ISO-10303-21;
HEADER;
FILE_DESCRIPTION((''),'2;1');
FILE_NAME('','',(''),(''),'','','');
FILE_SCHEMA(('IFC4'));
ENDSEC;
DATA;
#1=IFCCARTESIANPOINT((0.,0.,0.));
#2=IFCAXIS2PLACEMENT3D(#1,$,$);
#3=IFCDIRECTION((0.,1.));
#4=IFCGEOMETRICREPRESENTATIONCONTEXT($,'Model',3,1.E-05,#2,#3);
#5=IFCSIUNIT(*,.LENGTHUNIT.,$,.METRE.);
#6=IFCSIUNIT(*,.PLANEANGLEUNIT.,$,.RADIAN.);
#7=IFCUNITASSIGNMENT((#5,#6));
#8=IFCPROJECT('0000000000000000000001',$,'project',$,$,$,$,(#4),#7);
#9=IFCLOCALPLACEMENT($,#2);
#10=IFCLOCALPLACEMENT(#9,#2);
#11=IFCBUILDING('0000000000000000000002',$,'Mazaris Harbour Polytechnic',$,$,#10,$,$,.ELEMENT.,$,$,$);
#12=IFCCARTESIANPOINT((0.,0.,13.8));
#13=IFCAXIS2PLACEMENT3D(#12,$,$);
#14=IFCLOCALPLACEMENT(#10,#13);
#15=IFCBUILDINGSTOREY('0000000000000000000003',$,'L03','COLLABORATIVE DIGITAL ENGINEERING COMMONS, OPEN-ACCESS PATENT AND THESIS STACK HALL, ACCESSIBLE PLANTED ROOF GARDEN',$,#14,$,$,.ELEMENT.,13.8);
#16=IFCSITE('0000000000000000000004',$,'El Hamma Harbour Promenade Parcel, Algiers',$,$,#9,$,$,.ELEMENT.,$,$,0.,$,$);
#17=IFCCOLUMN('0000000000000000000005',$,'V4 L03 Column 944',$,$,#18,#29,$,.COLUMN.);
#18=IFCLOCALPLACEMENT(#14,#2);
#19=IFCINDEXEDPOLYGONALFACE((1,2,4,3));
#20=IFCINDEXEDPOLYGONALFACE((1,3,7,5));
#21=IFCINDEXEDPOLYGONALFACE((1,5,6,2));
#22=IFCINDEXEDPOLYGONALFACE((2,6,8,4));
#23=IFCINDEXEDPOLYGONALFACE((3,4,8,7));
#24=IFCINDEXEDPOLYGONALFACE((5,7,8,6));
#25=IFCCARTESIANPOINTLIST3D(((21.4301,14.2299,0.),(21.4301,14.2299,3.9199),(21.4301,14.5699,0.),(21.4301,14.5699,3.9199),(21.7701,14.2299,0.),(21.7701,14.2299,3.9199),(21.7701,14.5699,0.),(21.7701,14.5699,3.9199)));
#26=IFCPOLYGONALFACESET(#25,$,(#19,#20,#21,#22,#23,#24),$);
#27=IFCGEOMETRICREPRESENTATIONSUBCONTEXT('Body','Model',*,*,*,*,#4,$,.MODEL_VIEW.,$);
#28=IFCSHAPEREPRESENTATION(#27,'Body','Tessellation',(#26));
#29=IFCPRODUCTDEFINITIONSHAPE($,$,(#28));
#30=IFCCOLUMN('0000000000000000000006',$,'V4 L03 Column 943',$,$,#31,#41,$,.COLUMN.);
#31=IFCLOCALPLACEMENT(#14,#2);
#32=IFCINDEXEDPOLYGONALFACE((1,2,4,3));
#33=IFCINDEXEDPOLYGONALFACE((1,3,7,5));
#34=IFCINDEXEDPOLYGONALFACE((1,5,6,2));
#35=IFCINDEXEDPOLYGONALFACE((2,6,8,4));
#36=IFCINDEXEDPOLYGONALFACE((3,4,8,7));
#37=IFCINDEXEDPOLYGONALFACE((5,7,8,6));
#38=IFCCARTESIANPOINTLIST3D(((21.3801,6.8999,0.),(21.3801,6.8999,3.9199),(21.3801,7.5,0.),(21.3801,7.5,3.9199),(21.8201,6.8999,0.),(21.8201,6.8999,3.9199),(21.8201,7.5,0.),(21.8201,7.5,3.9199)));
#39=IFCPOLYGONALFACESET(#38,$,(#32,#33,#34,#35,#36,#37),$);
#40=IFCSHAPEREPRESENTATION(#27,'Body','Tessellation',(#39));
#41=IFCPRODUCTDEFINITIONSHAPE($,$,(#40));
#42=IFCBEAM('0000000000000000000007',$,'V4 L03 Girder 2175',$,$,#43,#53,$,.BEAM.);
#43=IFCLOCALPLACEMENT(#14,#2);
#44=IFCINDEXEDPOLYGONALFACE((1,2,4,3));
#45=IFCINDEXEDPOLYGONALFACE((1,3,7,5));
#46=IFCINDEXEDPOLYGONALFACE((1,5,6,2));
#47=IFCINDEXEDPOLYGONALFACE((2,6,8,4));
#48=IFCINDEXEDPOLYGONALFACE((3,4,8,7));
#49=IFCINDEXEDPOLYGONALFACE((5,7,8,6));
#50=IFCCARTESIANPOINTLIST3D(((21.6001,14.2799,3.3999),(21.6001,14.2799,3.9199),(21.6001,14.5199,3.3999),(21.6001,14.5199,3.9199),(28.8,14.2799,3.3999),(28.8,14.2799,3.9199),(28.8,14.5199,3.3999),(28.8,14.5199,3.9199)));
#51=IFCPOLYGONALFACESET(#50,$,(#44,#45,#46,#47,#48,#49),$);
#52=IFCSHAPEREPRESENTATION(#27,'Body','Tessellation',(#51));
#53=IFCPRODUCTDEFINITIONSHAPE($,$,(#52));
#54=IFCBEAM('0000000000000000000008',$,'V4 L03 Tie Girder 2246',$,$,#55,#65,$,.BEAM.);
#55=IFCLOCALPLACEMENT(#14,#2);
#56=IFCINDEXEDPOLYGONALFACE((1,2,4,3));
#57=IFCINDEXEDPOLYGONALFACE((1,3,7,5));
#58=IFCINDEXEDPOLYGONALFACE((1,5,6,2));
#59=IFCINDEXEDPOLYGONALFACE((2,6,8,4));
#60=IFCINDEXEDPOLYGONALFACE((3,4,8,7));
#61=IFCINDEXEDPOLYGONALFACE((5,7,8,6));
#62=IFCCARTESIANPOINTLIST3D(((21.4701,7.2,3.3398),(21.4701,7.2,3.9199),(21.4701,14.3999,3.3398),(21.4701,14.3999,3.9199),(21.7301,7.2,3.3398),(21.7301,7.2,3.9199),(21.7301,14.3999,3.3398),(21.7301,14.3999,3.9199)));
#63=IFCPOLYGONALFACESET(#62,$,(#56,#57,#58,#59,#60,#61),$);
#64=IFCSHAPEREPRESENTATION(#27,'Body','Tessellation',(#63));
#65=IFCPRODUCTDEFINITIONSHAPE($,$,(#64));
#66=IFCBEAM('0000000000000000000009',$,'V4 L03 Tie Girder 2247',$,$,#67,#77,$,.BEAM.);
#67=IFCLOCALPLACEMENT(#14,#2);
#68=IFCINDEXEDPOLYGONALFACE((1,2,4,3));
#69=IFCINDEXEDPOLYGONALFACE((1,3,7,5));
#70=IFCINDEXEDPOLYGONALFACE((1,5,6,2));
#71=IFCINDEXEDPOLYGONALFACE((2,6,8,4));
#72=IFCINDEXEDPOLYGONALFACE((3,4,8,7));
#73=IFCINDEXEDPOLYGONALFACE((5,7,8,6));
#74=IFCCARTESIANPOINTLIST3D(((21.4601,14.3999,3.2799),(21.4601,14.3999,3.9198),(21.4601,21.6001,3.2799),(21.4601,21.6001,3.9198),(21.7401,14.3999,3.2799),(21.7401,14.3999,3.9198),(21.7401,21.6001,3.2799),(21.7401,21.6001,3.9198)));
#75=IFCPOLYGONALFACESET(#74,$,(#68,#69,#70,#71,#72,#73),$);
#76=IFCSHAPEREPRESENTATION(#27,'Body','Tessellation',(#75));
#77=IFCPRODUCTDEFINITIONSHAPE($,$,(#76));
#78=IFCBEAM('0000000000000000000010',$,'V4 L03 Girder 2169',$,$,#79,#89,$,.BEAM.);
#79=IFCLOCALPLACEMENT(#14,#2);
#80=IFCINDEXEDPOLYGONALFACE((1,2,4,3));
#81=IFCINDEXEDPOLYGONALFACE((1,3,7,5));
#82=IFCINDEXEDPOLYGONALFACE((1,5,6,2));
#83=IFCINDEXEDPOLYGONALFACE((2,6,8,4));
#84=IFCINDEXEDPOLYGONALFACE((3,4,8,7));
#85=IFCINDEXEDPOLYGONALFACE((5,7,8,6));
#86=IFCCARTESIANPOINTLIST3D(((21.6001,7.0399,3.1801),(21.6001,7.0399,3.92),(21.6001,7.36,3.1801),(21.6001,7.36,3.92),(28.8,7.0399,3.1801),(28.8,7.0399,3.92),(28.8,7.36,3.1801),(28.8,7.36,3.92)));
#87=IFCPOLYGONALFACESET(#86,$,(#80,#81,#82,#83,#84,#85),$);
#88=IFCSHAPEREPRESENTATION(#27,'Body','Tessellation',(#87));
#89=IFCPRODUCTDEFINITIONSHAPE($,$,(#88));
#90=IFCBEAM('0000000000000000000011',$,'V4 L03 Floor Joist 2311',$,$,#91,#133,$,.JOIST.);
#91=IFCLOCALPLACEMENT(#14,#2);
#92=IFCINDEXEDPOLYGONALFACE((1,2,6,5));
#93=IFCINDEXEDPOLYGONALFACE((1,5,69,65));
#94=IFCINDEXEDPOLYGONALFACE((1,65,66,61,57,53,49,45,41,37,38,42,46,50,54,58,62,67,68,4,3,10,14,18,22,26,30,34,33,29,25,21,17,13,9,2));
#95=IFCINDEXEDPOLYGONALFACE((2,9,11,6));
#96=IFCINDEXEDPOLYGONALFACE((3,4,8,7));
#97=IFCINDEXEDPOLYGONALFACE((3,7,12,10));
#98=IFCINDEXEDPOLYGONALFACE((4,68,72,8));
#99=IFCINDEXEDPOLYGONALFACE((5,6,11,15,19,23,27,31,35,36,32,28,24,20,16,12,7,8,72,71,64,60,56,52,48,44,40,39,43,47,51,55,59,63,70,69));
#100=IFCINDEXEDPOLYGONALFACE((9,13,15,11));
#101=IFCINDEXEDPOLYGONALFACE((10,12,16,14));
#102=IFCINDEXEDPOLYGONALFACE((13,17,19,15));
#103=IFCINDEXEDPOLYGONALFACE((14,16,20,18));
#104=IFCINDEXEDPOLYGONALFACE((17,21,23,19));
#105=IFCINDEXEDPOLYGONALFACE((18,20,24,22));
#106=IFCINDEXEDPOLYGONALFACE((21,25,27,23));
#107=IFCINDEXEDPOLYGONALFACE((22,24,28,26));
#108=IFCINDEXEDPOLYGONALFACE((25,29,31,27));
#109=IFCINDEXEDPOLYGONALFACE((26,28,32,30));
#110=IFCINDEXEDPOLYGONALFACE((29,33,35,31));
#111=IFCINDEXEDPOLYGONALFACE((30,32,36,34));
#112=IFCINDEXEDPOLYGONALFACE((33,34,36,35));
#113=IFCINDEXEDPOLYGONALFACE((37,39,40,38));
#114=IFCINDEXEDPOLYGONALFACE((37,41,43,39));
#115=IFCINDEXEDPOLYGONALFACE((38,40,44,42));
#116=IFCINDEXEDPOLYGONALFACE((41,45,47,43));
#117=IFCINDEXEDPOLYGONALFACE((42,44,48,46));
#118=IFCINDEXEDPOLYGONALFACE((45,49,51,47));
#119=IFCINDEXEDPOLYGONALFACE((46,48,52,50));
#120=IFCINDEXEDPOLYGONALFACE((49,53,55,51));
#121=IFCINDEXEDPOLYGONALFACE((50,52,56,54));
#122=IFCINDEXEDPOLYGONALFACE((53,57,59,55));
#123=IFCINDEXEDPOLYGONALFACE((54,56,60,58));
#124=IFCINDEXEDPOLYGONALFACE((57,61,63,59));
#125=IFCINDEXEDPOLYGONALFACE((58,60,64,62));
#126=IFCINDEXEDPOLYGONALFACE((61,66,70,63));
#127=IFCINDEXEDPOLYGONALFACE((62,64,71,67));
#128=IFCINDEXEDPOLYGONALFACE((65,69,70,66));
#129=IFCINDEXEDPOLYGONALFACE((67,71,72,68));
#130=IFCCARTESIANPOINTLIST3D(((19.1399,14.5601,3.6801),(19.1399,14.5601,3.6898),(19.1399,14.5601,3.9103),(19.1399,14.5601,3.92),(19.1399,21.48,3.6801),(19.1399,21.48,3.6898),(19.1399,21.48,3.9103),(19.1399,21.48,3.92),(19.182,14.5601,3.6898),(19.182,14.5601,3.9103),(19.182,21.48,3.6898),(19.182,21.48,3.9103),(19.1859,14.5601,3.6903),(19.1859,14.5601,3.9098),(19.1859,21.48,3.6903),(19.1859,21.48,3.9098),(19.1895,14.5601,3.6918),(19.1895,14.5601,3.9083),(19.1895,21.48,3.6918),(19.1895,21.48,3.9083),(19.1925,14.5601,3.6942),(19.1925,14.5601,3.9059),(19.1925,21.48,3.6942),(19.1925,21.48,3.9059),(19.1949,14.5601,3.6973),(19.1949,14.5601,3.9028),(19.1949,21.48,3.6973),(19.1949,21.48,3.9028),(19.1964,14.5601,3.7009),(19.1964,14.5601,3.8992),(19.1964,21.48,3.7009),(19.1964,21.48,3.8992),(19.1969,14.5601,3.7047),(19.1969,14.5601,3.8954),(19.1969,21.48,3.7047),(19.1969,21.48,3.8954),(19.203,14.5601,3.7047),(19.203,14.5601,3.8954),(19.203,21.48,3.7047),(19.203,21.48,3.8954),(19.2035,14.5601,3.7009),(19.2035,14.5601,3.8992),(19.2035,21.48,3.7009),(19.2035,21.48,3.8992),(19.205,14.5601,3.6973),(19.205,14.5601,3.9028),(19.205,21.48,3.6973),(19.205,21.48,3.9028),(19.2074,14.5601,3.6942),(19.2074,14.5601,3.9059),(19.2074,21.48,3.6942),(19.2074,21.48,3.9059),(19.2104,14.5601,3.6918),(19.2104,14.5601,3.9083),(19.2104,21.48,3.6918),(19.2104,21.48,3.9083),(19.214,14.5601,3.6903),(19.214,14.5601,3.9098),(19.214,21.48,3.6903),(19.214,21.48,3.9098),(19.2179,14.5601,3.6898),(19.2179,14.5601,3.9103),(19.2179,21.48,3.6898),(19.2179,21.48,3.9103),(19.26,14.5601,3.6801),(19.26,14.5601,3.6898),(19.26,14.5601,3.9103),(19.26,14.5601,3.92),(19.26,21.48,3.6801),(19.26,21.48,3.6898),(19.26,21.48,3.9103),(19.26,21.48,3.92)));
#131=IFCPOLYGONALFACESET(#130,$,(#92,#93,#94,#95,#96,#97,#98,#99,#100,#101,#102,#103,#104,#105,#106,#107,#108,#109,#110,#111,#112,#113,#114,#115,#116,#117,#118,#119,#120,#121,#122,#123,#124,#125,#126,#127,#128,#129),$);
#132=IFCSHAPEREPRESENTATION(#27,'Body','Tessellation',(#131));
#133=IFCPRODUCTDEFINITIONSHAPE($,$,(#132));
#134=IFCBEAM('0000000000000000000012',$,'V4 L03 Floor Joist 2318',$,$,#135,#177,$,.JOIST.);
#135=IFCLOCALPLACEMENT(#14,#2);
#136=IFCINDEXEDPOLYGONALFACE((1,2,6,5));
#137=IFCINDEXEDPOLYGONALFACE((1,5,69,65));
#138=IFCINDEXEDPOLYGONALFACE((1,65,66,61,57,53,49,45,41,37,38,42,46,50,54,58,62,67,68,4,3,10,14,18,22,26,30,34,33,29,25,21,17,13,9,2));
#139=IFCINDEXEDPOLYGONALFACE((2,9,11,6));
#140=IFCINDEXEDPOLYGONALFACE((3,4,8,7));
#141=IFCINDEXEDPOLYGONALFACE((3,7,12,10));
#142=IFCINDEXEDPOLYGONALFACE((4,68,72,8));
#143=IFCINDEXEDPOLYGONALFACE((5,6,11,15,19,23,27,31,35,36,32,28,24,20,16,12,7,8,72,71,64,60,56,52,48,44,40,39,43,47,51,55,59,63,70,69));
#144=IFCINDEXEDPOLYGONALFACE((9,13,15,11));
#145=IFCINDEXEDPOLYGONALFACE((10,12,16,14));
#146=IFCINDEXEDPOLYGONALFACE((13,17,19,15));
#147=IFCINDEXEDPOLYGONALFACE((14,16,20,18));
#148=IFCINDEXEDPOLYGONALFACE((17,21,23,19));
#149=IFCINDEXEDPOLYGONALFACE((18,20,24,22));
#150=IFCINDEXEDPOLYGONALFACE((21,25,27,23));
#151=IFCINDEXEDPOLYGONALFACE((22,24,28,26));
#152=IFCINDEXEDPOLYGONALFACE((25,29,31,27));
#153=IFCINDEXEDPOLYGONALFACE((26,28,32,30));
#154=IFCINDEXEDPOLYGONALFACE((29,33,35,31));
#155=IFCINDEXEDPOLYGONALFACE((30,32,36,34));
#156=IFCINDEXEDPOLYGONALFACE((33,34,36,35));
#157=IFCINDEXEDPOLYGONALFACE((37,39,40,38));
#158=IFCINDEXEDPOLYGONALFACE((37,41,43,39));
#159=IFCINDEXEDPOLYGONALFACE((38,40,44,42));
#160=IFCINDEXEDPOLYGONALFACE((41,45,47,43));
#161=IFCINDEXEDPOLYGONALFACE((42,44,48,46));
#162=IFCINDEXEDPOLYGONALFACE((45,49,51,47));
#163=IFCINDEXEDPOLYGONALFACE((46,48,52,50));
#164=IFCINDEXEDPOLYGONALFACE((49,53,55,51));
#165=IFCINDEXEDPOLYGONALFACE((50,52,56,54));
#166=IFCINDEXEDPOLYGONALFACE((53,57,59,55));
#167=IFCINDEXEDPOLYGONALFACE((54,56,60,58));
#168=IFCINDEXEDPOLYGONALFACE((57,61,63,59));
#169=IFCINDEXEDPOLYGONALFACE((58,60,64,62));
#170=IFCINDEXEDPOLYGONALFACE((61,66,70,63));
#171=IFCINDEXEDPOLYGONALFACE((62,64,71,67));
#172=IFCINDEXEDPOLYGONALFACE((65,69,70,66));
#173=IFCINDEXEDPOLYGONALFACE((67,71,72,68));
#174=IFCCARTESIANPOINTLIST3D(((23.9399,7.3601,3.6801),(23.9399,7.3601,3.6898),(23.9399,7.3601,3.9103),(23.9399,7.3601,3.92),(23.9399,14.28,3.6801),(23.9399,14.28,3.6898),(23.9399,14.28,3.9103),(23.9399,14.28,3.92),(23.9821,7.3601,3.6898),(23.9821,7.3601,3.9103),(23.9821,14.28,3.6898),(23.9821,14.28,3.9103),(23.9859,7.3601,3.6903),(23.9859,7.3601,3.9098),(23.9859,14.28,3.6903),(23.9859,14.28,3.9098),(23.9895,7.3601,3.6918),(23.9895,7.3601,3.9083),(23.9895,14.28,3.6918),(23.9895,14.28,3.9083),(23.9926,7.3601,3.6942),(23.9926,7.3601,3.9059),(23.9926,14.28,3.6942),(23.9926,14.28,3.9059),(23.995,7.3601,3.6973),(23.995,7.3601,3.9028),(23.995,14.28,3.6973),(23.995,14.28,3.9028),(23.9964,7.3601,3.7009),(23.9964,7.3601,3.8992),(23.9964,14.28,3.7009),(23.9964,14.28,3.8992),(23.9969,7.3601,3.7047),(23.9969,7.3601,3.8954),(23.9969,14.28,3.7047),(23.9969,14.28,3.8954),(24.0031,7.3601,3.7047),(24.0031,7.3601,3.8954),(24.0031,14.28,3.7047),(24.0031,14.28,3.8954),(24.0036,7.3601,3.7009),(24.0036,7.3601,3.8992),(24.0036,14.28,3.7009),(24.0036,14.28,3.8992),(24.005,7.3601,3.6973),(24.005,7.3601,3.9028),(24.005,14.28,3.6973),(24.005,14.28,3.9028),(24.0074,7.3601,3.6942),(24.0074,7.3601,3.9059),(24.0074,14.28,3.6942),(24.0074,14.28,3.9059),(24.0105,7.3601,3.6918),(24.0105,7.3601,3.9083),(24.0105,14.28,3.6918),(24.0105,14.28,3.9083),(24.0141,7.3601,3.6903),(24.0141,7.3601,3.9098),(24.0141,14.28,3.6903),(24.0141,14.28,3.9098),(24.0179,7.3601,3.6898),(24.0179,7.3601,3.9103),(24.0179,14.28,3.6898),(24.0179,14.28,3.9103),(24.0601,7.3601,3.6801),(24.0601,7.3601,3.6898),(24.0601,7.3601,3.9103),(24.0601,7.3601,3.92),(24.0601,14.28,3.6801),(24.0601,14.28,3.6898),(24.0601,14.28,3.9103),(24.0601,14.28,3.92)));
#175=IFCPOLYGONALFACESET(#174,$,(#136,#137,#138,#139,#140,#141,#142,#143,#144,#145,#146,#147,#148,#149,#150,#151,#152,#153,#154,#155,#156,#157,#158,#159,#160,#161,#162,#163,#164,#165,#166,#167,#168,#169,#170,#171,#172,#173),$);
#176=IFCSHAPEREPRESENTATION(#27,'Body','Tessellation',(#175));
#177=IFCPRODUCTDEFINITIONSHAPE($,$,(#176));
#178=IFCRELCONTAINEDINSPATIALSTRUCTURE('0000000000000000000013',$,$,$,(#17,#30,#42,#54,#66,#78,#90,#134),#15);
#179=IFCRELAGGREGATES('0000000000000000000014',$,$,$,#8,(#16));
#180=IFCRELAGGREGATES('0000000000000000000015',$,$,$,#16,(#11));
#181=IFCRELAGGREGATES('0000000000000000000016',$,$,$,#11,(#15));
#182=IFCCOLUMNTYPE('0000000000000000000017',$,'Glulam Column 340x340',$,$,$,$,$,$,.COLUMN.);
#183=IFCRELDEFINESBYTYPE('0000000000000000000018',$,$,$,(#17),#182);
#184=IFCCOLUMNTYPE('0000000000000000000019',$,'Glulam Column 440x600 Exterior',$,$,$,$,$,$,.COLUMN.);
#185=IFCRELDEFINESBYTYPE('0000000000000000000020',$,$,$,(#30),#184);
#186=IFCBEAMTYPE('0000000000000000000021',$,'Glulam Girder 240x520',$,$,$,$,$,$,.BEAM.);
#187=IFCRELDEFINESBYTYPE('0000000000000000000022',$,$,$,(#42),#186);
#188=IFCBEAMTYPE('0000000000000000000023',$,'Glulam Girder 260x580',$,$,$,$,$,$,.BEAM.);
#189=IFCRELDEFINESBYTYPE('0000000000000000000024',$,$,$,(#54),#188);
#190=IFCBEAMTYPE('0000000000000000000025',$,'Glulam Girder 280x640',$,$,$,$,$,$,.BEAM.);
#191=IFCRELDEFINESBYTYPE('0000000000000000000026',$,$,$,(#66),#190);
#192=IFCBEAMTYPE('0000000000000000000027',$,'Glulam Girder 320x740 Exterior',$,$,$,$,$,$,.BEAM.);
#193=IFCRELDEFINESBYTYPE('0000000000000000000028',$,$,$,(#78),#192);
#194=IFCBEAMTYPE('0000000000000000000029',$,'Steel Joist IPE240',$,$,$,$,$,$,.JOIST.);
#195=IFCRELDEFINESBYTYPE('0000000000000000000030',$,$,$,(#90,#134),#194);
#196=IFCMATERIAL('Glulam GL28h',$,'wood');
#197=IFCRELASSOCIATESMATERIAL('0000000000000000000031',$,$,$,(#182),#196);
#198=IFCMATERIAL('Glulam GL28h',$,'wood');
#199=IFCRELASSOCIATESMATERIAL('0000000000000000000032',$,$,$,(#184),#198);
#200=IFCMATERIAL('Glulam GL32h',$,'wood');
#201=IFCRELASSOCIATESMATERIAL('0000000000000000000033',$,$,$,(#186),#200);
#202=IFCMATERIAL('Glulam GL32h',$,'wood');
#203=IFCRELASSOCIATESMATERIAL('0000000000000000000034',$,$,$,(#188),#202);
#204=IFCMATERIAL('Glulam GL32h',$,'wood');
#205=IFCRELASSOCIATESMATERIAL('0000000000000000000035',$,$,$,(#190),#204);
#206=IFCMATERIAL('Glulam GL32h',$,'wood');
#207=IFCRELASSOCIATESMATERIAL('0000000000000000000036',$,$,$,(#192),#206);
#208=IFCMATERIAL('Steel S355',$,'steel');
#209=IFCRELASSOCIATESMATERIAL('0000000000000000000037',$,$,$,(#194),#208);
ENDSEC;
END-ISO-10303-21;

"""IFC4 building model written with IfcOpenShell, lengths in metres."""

from ifc_helpers import new_model, si_unit, direction, frame, origin, origin_2d, place, context, subcontext, project, spatial, rectangle, i_section, extrude, material, material_profile, profile_set, type_object, element, save


model = new_model("IFC4")

# Units and contexts
model_context = context("Model", 3, precision=1e-05, world=origin(), true_north=direction((0.0, 1.0)))
body_context = subcontext(model_context, "Body", "Model", "MODEL_VIEW")
ifc_project = project(units=[si_unit("LENGTHUNIT", "METRE"), si_unit("PLANEANGLEUNIT", "RADIAN")], contexts=[model_context])

# Site, building, storey
site_placement = place(None, origin())
site = spatial("IfcSite", under=ifc_project, at=site_placement, Name="El Hamma Harbour Promenade Parcel, Algiers", CompositionType="ELEMENT", RefElevation=0.0)
building_placement = place(site_placement, origin())
building = spatial("IfcBuilding", under=site, at=building_placement, Name="Mazaris Harbour Polytechnic", CompositionType="ELEMENT")
storey_placement = place(building_placement, frame((0.0, 0.0, 13.8)))
storey = spatial("IfcBuildingStorey", under=building, at=storey_placement, Name="L03", Description="COLLABORATIVE DIGITAL ENGINEERING COMMONS, OPEN-ACCESS PATENT AND THESIS STACK HALL, ACCESSIBLE PLANTED ROOF GARDEN", CompositionType="ELEMENT", Elevation=13.8)

# Columns
ifc_material_1 = material(Name="Glulam GL28h", Category="wood")
ifc_material_profile_1 = material_profile(ifc_material_1, rectangle(XDim=0.3401, YDim=0.3401, at=origin_2d()), Name="RECT340x340")
ifc_profile_set_1 = profile_set([ifc_material_profile_1], Name="Glulam GL28h")
column_type_1 = type_object("IfcColumnType", Name="Glulam Column 340x340", PredefinedType="COLUMN", material=ifc_profile_set_1)
column_1_placement = place(storey_placement, frame((21.6001, 14.3999, 0.0), z_axis=(0.0, 0.0, 1.0), x_axis=(1.0, 0.0, 0.0)))
element("IfcColumn", 1, at=column_1_placement, inside=storey, type_object=column_type_1, Name="V4 L03 Column 944", PredefinedType="COLUMN", context=body_context, shape_type="SweptSolid", body=[
    extrude(rectangle(XDim=0.3401, YDim=0.3401, at=origin_2d()), origin(), (0.0, 0.0, 1.0), 3.9199),
])
ifc_material_2 = material(Name="Glulam GL28h", Category="wood")
ifc_material_profile_2 = material_profile(ifc_material_2, rectangle(XDim=0.4399, YDim=0.6001, at=origin_2d()), Name="RECT440x600")
ifc_profile_set_2 = profile_set([ifc_material_profile_2], Name="Glulam GL28h")
column_type_2 = type_object("IfcColumnType", Name="Glulam Column 440x600 Exterior", PredefinedType="COLUMN", material=ifc_profile_set_2)
column_2_placement = place(storey_placement, frame((21.6001, 7.2, 0.0), z_axis=(0.0, 0.0, 1.0), x_axis=(1.0, 0.0, 0.0)))
element("IfcColumn", 2, at=column_2_placement, inside=storey, type_object=column_type_2, Name="V4 L03 Column 943", PredefinedType="COLUMN", context=body_context, shape_type="SweptSolid", body=[
    extrude(rectangle(XDim=0.4399, YDim=0.6001, at=origin_2d()), origin(), (0.0, 0.0, 1.0), 3.9199),
])

# Beams
ifc_material_3 = material(Name="Glulam GL32h", Category="wood")
ifc_material_profile_3 = material_profile(ifc_material_3, rectangle(XDim=0.24, YDim=0.52, at=origin_2d()), Name="RECT240x520")
ifc_profile_set_3 = profile_set([ifc_material_profile_3], Name="Glulam GL32h")
beam_type_1 = type_object("IfcBeamType", Name="Glulam Girder 240x520", PredefinedType="BEAM", material=ifc_profile_set_3)
beam_1_placement = place(storey_placement, frame((21.6001, 14.3999, 3.6599), z_axis=(1.0, 0.0, 0.0), x_axis=(0.0, 1.0, 0.0)))
element("IfcBeam", 3, at=beam_1_placement, inside=storey, type_object=beam_type_1, Name="V4 L03 Girder 2175", PredefinedType="BEAM", context=body_context, shape_type="SweptSolid", body=[
    extrude(rectangle(XDim=0.24, YDim=0.52, at=origin_2d()), origin(), (0.0, 0.0, 1.0), 7.2),
])
ifc_material_4 = material(Name="Glulam GL32h", Category="wood")
ifc_material_profile_4 = material_profile(ifc_material_4, rectangle(XDim=0.26, YDim=0.5801, at=origin_2d()), Name="RECT260x580")
ifc_profile_set_4 = profile_set([ifc_material_profile_4], Name="Glulam GL32h")
beam_type_2 = type_object("IfcBeamType", Name="Glulam Girder 260x580", PredefinedType="BEAM", material=ifc_profile_set_4)
beam_2_placement = place(storey_placement, frame((21.6001, 7.2, 3.6299), z_axis=(0.0, 1.0, 0.0), x_axis=(-1.0, 0.0, 0.0)))
element("IfcBeam", 4, at=beam_2_placement, inside=storey, type_object=beam_type_2, Name="V4 L03 Tie Girder 2246", PredefinedType="BEAM", context=body_context, shape_type="SweptSolid", body=[
    extrude(rectangle(XDim=0.26, YDim=0.5801, at=origin_2d()), origin(), (0.0, 0.0, 1.0), 7.2),
])
ifc_material_5 = material(Name="Glulam GL32h", Category="wood")
ifc_material_profile_5 = material_profile(ifc_material_5, rectangle(XDim=0.28, YDim=0.6399, at=origin_2d()), Name="RECT280x640")
ifc_profile_set_5 = profile_set([ifc_material_profile_5], Name="Glulam GL32h")
beam_type_3 = type_object("IfcBeamType", Name="Glulam Girder 280x640", PredefinedType="BEAM", material=ifc_profile_set_5)
beam_3_placement = place(storey_placement, frame((21.6001, 14.3999, 3.5999), z_axis=(0.0, 1.0, 0.0), x_axis=(-1.0, 0.0, 0.0)))
element("IfcBeam", 5, at=beam_3_placement, inside=storey, type_object=beam_type_3, Name="V4 L03 Tie Girder 2247", PredefinedType="BEAM", context=body_context, shape_type="SweptSolid", body=[
    extrude(rectangle(XDim=0.28, YDim=0.6399, at=origin_2d()), origin(), (0.0, 0.0, 1.0), 7.2002),
])
ifc_material_6 = material(Name="Glulam GL32h", Category="wood")
ifc_material_profile_6 = material_profile(ifc_material_6, rectangle(XDim=0.3201, YDim=0.74, at=origin_2d()), Name="RECT320x740")
ifc_profile_set_6 = profile_set([ifc_material_profile_6], Name="Glulam GL32h")
beam_type_4 = type_object("IfcBeamType", Name="Glulam Girder 320x740 Exterior", PredefinedType="BEAM", material=ifc_profile_set_6)
beam_4_placement = place(storey_placement, frame((21.6001, 7.2, 3.55), z_axis=(1.0, 0.0, 0.0), x_axis=(0.0, 1.0, 0.0)))
element("IfcBeam", 6, at=beam_4_placement, inside=storey, type_object=beam_type_4, Name="V4 L03 Girder 2169", PredefinedType="BEAM", context=body_context, shape_type="SweptSolid", body=[
    extrude(rectangle(XDim=0.3201, YDim=0.74, at=origin_2d()), origin(), (0.0, 0.0, 1.0), 7.2),
])
ifc_material_7 = material(Name="Steel S355", Category="steel")
ifc_material_profile_7 = material_profile(ifc_material_7, i_section(OverallWidth=0.1201, OverallDepth=0.24, WebThickness=0.0061, FlangeThickness=0.0098, FilletRadius=0.0149, at=origin_2d()), Name="IPE 240")
ifc_profile_set_7 = profile_set([ifc_material_profile_7], Name="Steel S355")
beam_type_5 = type_object("IfcBeamType", Name="Steel Joist IPE240", PredefinedType="JOIST", material=ifc_profile_set_7)
for number, where, z_axis, x_axis, name in (
    (7, (19.2, 14.5601, 3.8), (0.0, 1.0, 0.0), (-1.0, 0.0, 0.0), "V4 L03 Floor Joist 2311"),
    (8, (24.0, 7.3601, 3.8), (0.0, 1.0, 0.0), (-1.0, 0.0, 0.0), "V4 L03 Floor Joist 2318"),
):
    element("IfcBeam", number, at=place(storey_placement, frame(where, z_axis=z_axis, x_axis=x_axis)), inside=storey, type_object=beam_type_5, Name=name, PredefinedType="JOIST", context=body_context, shape_type="SweptSolid", body=[
        extrude(i_section(OverallWidth=0.1201, OverallDepth=0.24, WebThickness=0.0061, FlangeThickness=0.0098, FilletRadius=0.0149, at=origin_2d()), origin(), (0.0, 0.0, 1.0), 6.9199),
    ])

save(model, "model.ifc")
